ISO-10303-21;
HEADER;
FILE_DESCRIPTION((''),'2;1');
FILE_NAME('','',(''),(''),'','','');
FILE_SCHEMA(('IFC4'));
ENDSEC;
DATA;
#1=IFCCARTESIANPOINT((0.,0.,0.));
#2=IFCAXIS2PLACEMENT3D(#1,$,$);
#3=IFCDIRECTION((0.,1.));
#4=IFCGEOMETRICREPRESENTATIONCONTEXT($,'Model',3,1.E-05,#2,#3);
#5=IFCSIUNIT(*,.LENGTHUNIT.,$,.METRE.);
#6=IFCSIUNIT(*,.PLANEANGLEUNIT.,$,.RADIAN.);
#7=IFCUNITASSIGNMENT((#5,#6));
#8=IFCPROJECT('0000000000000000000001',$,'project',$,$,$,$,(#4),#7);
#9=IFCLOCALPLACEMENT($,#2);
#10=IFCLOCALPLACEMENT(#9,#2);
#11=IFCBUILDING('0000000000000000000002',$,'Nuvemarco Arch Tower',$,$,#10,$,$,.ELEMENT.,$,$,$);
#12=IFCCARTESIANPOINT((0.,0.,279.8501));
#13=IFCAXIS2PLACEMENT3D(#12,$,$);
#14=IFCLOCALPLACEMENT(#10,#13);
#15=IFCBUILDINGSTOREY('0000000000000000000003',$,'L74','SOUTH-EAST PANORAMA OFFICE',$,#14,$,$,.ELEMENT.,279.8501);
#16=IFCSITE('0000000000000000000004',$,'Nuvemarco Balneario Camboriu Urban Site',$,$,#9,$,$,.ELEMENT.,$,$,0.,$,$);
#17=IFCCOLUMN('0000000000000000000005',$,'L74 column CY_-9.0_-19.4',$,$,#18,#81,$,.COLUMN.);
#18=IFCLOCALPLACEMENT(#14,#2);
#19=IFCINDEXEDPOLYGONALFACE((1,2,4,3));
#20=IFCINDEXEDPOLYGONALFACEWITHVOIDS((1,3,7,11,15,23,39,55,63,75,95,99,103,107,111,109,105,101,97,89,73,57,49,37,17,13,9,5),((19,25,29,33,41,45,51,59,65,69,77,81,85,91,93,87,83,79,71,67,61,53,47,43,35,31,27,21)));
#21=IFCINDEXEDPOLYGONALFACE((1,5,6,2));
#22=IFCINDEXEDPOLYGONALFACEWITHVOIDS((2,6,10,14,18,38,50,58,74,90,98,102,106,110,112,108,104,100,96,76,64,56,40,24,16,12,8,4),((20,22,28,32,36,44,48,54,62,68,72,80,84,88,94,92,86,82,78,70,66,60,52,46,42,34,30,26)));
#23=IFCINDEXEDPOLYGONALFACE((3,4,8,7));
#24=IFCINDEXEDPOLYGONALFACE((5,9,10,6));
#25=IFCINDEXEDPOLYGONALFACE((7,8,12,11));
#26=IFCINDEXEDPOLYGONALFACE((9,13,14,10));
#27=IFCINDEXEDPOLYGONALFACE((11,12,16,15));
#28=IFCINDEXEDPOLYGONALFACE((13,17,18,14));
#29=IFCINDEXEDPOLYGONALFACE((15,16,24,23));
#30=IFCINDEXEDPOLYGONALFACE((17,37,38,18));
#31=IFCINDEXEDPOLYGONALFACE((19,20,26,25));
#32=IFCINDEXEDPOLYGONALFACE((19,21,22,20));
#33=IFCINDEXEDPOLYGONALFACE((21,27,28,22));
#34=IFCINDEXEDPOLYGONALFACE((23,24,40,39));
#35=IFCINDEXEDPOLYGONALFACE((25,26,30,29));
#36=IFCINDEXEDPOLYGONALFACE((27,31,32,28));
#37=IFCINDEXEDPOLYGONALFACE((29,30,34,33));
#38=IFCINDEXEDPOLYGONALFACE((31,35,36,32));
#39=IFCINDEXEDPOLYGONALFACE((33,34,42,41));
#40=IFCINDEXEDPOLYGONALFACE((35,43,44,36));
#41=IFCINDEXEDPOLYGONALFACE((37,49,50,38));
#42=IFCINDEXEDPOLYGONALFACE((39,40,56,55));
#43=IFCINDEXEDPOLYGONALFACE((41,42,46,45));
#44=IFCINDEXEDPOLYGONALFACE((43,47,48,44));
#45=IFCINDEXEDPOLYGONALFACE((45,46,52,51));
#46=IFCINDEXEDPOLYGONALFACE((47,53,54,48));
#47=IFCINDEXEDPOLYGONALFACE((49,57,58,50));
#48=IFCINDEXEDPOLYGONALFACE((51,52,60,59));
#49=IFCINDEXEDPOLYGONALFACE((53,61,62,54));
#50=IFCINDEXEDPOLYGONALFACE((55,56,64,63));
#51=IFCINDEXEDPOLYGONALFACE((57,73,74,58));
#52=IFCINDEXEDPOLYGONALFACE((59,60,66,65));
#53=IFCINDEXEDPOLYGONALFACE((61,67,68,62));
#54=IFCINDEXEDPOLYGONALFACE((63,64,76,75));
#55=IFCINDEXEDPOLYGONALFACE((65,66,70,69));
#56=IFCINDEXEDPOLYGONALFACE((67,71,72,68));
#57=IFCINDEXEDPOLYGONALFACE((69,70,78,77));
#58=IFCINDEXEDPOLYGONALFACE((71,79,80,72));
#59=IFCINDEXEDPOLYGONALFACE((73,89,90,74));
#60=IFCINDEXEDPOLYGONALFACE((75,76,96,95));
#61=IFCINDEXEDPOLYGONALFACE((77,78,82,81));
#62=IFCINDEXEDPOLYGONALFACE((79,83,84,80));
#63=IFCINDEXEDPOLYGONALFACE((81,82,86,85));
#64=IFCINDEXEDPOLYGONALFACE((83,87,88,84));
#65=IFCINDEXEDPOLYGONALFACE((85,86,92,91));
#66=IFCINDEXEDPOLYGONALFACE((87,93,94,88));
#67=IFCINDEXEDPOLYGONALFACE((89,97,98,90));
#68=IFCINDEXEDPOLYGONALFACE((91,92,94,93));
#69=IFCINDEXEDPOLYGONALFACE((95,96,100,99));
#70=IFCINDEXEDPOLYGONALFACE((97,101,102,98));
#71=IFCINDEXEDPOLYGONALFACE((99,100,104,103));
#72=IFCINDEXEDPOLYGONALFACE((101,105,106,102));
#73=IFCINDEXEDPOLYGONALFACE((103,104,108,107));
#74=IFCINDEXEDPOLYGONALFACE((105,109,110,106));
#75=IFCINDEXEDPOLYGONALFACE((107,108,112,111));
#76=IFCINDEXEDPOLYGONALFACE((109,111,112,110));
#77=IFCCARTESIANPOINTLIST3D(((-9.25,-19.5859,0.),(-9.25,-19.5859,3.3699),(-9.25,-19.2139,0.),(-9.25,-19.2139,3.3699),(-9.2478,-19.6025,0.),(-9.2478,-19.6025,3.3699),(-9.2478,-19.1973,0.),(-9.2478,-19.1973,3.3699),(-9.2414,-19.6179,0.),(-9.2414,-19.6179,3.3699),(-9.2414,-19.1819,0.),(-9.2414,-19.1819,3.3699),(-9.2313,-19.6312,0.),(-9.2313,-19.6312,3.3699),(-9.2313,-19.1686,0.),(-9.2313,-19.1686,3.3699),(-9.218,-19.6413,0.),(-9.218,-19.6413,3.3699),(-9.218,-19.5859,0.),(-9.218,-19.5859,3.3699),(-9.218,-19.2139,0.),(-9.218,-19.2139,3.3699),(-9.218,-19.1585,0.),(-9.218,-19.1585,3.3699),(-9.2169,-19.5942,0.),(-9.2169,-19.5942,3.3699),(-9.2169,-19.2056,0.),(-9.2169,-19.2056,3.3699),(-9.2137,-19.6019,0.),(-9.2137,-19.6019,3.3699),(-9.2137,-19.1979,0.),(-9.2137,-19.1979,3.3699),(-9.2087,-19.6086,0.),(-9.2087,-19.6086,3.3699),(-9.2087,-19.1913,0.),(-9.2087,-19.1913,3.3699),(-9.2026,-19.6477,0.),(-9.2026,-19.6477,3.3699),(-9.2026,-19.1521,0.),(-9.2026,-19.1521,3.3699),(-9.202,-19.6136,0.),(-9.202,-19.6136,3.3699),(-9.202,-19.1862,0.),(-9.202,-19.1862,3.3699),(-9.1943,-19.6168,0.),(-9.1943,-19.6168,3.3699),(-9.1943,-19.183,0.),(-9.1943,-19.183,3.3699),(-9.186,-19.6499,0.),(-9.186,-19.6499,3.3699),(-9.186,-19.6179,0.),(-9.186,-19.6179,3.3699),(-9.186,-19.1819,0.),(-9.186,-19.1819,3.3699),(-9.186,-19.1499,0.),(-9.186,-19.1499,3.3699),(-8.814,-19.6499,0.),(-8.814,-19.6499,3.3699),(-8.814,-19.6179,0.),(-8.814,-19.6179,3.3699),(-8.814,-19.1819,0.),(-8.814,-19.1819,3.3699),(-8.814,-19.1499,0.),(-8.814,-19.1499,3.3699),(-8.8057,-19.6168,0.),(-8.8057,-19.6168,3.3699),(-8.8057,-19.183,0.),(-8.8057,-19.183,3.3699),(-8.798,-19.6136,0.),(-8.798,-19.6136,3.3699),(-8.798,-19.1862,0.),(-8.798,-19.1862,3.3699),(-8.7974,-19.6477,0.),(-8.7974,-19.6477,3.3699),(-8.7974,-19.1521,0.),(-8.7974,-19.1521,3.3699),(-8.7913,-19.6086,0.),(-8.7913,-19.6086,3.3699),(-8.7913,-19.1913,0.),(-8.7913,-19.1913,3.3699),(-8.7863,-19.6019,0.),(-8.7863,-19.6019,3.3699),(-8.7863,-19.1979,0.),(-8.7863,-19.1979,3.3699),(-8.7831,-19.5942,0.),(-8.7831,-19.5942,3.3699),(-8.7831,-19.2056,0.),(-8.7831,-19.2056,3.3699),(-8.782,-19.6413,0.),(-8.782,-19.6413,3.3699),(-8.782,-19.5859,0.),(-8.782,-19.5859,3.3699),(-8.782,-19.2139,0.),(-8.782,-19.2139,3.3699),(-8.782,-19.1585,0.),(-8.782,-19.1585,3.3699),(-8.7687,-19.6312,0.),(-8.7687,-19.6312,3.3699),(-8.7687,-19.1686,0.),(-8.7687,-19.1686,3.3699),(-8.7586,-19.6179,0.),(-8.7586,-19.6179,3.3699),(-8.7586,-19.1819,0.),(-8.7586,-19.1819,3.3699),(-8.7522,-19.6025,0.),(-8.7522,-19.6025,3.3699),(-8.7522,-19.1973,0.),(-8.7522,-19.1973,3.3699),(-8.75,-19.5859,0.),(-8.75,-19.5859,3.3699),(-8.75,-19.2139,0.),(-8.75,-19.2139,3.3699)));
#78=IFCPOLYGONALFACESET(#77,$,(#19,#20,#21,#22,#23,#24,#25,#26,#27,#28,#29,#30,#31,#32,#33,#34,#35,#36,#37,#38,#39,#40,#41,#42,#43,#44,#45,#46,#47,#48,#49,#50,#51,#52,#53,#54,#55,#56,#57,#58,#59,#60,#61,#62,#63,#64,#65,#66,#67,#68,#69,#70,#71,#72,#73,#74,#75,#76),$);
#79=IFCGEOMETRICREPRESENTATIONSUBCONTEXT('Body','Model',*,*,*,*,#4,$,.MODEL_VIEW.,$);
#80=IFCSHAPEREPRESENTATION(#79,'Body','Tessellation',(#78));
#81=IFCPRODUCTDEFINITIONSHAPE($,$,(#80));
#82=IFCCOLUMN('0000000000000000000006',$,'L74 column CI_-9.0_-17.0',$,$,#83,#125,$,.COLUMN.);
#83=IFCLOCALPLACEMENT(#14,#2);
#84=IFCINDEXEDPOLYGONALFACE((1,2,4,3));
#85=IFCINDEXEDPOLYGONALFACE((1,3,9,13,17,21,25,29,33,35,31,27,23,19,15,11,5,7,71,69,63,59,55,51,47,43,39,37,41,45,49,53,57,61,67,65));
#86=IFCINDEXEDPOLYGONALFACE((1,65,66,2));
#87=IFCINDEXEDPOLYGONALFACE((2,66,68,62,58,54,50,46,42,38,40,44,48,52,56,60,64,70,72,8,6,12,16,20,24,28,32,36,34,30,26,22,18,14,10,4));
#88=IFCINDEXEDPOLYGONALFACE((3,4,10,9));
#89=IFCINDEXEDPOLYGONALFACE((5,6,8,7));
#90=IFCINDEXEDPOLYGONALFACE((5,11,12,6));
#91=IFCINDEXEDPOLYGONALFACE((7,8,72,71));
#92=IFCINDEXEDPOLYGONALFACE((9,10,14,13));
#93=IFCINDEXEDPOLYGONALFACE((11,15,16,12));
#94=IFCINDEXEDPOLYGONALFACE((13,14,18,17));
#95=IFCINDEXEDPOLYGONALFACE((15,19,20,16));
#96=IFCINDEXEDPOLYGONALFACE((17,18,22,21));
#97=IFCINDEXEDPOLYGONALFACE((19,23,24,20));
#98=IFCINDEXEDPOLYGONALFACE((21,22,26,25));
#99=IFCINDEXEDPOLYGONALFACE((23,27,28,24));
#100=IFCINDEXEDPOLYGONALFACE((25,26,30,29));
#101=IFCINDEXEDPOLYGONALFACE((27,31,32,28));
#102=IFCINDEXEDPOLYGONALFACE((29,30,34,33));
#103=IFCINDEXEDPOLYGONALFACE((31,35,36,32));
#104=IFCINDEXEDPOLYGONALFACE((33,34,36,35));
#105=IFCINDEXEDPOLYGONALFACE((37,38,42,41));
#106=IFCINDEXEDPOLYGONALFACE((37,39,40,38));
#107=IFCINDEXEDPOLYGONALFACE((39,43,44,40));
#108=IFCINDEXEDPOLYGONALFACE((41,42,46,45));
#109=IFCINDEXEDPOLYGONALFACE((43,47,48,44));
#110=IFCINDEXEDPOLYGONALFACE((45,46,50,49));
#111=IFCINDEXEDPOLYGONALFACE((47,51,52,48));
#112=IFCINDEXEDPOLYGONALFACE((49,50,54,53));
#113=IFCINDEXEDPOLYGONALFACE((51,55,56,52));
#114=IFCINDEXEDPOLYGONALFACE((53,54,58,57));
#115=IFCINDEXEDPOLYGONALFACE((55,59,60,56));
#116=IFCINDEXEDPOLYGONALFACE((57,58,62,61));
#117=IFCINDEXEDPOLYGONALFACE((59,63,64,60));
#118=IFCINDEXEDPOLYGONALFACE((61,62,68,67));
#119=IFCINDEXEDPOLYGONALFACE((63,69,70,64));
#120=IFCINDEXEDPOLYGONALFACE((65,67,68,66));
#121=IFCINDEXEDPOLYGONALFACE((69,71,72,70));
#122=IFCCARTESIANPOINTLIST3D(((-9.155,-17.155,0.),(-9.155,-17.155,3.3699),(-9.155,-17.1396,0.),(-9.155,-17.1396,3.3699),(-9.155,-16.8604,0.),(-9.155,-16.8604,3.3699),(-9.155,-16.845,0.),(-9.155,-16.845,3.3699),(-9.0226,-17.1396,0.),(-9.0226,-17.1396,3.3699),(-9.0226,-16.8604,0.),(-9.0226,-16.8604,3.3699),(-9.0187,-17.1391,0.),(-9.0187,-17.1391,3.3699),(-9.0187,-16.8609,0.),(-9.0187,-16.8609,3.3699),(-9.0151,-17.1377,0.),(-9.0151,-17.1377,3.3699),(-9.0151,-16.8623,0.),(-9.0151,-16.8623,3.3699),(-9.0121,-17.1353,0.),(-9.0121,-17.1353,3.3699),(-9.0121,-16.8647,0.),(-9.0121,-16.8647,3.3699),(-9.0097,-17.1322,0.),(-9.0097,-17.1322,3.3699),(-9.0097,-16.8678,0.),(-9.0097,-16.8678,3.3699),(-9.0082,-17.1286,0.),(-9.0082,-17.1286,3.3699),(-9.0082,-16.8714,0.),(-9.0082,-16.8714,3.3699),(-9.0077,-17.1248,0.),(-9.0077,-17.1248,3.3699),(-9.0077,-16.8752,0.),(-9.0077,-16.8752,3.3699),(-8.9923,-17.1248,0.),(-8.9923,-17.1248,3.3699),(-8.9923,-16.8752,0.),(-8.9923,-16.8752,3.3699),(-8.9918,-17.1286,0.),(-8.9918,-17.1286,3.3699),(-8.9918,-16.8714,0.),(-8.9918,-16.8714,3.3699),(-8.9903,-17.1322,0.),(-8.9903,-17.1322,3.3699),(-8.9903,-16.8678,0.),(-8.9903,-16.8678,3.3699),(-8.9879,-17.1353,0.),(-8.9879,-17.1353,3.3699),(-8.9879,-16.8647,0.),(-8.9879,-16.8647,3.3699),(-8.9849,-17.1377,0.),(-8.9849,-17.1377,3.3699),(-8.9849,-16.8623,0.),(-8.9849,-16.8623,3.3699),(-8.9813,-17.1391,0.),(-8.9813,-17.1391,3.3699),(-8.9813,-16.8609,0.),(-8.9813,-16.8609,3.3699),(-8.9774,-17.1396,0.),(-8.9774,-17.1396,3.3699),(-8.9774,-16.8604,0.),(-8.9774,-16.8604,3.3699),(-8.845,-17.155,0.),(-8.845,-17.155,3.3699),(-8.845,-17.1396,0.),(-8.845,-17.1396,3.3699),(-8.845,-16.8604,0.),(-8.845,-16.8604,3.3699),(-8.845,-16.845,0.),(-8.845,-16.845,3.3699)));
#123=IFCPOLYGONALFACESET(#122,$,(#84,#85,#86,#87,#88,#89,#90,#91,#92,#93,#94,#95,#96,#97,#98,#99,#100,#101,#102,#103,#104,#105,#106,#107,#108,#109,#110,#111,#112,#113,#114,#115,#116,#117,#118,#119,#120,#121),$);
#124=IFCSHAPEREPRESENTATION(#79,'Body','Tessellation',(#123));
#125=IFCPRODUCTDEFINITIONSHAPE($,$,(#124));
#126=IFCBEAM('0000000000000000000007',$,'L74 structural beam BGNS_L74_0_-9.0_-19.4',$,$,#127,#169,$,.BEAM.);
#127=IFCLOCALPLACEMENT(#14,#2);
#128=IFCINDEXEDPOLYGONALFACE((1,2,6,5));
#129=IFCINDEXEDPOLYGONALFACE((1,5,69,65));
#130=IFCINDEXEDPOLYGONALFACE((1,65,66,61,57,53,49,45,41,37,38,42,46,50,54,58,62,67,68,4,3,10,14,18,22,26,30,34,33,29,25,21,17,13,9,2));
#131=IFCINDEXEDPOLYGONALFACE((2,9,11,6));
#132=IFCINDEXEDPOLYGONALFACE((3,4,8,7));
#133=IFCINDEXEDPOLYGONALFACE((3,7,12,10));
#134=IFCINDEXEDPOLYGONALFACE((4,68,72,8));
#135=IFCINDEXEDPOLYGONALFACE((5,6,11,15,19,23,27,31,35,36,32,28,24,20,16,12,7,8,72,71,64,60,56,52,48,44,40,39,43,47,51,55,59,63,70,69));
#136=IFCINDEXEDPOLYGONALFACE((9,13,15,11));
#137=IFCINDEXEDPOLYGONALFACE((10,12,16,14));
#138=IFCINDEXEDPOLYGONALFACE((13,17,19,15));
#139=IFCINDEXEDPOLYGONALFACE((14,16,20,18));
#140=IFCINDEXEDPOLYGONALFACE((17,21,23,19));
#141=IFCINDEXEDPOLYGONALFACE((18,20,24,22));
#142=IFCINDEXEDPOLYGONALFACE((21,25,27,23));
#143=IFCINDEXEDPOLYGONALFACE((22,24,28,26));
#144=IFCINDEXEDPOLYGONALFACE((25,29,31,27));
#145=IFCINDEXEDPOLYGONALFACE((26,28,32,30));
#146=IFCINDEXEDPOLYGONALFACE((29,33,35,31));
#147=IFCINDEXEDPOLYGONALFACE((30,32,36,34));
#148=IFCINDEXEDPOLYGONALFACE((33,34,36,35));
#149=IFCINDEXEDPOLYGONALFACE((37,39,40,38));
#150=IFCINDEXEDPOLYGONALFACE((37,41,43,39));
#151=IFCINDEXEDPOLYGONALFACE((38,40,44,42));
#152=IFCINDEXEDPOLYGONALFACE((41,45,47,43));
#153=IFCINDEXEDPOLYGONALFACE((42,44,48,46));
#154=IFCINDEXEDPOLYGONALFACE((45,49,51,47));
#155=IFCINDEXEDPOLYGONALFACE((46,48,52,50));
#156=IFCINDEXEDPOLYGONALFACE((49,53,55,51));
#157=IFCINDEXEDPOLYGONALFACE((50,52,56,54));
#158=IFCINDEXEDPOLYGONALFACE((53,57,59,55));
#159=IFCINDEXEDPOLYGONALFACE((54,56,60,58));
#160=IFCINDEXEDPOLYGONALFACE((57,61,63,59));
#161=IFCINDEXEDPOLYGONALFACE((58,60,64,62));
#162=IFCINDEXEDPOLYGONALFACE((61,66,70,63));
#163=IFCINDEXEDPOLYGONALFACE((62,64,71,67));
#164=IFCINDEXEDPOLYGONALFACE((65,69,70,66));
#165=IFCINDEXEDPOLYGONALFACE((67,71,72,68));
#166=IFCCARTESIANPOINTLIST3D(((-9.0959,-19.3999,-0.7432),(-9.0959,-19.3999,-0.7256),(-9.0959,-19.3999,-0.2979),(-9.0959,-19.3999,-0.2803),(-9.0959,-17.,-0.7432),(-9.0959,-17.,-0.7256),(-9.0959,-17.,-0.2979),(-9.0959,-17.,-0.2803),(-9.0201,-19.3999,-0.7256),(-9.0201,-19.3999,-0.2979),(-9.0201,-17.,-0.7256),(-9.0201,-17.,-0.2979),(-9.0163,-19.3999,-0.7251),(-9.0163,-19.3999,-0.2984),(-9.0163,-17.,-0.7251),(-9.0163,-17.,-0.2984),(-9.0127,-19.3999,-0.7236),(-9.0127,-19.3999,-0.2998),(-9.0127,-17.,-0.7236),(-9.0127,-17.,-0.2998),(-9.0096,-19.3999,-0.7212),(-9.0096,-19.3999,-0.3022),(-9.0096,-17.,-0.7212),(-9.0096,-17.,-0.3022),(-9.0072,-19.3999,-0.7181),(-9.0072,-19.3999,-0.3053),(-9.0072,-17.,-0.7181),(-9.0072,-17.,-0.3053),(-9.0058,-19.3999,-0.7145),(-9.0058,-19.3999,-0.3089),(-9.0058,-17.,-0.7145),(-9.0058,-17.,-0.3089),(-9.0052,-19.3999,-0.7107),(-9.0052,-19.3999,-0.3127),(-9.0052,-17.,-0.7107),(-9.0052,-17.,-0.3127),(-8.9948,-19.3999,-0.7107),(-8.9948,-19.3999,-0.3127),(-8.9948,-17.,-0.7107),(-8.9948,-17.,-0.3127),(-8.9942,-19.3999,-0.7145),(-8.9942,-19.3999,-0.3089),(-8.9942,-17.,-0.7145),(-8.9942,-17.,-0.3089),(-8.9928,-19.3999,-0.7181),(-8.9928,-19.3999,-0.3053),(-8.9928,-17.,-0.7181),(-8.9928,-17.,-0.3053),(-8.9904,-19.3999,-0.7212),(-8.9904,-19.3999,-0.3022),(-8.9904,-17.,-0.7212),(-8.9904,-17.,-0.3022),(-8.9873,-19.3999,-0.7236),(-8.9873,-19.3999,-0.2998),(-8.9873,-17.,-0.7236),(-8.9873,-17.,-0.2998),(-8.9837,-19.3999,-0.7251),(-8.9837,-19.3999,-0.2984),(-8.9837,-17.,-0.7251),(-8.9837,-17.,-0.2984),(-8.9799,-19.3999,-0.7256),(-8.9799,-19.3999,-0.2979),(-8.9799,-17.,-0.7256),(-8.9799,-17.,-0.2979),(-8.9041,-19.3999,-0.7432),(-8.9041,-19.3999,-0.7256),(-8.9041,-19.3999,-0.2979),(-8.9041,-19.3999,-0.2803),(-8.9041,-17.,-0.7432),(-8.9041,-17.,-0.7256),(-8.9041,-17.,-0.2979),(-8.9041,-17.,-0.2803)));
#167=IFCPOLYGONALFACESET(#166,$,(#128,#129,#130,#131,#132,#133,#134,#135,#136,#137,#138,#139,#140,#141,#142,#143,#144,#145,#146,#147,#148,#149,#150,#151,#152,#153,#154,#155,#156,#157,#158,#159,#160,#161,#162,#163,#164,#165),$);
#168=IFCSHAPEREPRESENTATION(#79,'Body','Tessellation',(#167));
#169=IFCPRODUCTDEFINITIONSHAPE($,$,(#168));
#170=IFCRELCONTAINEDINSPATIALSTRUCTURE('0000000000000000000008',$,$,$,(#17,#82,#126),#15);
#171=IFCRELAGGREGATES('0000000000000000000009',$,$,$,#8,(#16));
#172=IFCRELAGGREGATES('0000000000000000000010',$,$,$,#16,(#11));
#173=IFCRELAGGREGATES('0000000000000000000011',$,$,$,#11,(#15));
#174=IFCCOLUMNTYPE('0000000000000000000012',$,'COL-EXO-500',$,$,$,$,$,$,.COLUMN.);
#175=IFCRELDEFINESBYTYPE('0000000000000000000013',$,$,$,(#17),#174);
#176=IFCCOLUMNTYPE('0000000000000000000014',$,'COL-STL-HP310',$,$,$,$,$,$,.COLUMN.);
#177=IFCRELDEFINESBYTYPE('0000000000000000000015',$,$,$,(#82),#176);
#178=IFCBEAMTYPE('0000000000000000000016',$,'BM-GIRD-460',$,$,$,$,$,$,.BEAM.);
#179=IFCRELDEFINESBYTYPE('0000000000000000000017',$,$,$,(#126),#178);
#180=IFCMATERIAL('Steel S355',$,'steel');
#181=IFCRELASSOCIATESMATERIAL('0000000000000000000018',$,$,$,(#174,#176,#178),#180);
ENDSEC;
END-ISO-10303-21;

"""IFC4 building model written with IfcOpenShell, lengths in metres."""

from ifc_helpers import new_model, si_unit, direction, frame, origin, origin_2d, place, context, subcontext, project, spatial, hollow_rectangle, i_section, extrude, material, material_profile, profile_set, type_object, element, save


model = new_model("IFC4")

# Units and contexts
model_context = context("Model", 3, precision=1e-05, world=origin(), true_north=direction((0.0, 1.0)))
body_context = subcontext(model_context, "Body", "Model", "MODEL_VIEW")
ifc_project = project(units=[si_unit("LENGTHUNIT", "METRE"), si_unit("PLANEANGLEUNIT", "RADIAN")], contexts=[model_context])

# Site, building, storey
site_placement = place(None, origin())
site = spatial("IfcSite", under=ifc_project, at=site_placement, Name="Nuvemarco Balneario Camboriu Urban Site", CompositionType="ELEMENT", RefElevation=0.0)
building_placement = place(site_placement, origin())
building = spatial("IfcBuilding", under=site, at=building_placement, Name="Nuvemarco Arch Tower", CompositionType="ELEMENT")
storey_placement = place(building_placement, frame((0.0, 0.0, 279.8501)))
storey = spatial("IfcBuildingStorey", under=building, at=storey_placement, Name="L74", Description="SOUTH-EAST PANORAMA OFFICE", CompositionType="ELEMENT", Elevation=279.8501)

# Columns
ifc_material_1 = material(Name="Steel S355", Category="steel")
ifc_material_profile_1 = material_profile(ifc_material_1, hollow_rectangle(XDim=0.5, YDim=0.5, WallThickness=0.032, InnerFilletRadius=0.032, OuterFilletRadius=0.064, at=origin_2d()), Name="SHS500x500x32")
ifc_profile_set_1 = profile_set([ifc_material_profile_1], Name="Steel S355")
column_type_1 = type_object("IfcColumnType", Name="COL-EXO-500", PredefinedType="COLUMN", material=ifc_profile_set_1)
column_1_placement = place(storey_placement, frame((-9.0, -19.3999, 0.0), z_axis=(0.0, 0.0, 1.0), x_axis=(1.0, 0.0, 0.0)))
element("IfcColumn", 1, at=column_1_placement, inside=storey, type_object=column_type_1, Name="L74 column CY_-9.0_-19.4", PredefinedType="COLUMN", context=body_context, shape_type="SweptSolid", body=[
    extrude(hollow_rectangle(XDim=0.5, YDim=0.5, WallThickness=0.032, InnerFilletRadius=0.032, OuterFilletRadius=0.064, at=origin_2d()), origin(), (0.0, 0.0, 1.0), 3.3699),
])
ifc_material_profile_2 = material_profile(ifc_material_1, i_section(OverallWidth=0.3101, OverallDepth=0.3101, WebThickness=0.0154, FlangeThickness=0.0154, FilletRadius=0.0149, at=origin_2d()), Name="HP310x110")
ifc_profile_set_2 = profile_set([ifc_material_profile_2], Name="Steel S355")
column_type_2 = type_object("IfcColumnType", Name="COL-STL-HP310", PredefinedType="COLUMN", material=ifc_profile_set_2)
column_2_placement = place(storey_placement, frame((-9.0, -17.0, 0.0), z_axis=(0.0, 0.0, 1.0), x_axis=(1.0, 0.0, 0.0)))
element("IfcColumn", 2, at=column_2_placement, inside=storey, type_object=column_type_2, Name="L74 column CI_-9.0_-17.0", PredefinedType="COLUMN", context=body_context, shape_type="SweptSolid", body=[
    extrude(i_section(OverallWidth=0.3101, OverallDepth=0.3101, WebThickness=0.0154, FlangeThickness=0.0154, FilletRadius=0.0149, at=origin_2d()), origin(), (0.0, 0.0, 1.0), 3.3699),
])

# Beam
ifc_material_profile_3 = material_profile(ifc_material_1, i_section(OverallWidth=0.1919, OverallDepth=0.4629, WebThickness=0.0105, FlangeThickness=0.0176, FilletRadius=0.0149, at=origin_2d()), Name="W460x89")
ifc_profile_set_3 = profile_set([ifc_material_profile_3], Name="Steel S355")
beam_type_1 = type_object("IfcBeamType", Name="BM-GIRD-460", PredefinedType="BEAM", material=ifc_profile_set_3)
beam_1_placement = place(storey_placement, frame((-9.0, -19.3999, -0.5117), z_axis=(0.0, 1.0, 0.0), x_axis=(-1.0, 0.0, 0.0)))
element("IfcBeam", 3, at=beam_1_placement, inside=storey, type_object=beam_type_1, Name="L74 structural beam BGNS_L74_0_-9.0_-19.4", PredefinedType="BEAM", context=body_context, shape_type="SweptSolid", body=[
    extrude(i_section(OverallWidth=0.1919, OverallDepth=0.4629, WebThickness=0.0105, FlangeThickness=0.0176, FilletRadius=0.0149, at=origin_2d()), origin(), (0.0, 0.0, 1.0), 2.3999),
])

save(model, "model.ifc")
